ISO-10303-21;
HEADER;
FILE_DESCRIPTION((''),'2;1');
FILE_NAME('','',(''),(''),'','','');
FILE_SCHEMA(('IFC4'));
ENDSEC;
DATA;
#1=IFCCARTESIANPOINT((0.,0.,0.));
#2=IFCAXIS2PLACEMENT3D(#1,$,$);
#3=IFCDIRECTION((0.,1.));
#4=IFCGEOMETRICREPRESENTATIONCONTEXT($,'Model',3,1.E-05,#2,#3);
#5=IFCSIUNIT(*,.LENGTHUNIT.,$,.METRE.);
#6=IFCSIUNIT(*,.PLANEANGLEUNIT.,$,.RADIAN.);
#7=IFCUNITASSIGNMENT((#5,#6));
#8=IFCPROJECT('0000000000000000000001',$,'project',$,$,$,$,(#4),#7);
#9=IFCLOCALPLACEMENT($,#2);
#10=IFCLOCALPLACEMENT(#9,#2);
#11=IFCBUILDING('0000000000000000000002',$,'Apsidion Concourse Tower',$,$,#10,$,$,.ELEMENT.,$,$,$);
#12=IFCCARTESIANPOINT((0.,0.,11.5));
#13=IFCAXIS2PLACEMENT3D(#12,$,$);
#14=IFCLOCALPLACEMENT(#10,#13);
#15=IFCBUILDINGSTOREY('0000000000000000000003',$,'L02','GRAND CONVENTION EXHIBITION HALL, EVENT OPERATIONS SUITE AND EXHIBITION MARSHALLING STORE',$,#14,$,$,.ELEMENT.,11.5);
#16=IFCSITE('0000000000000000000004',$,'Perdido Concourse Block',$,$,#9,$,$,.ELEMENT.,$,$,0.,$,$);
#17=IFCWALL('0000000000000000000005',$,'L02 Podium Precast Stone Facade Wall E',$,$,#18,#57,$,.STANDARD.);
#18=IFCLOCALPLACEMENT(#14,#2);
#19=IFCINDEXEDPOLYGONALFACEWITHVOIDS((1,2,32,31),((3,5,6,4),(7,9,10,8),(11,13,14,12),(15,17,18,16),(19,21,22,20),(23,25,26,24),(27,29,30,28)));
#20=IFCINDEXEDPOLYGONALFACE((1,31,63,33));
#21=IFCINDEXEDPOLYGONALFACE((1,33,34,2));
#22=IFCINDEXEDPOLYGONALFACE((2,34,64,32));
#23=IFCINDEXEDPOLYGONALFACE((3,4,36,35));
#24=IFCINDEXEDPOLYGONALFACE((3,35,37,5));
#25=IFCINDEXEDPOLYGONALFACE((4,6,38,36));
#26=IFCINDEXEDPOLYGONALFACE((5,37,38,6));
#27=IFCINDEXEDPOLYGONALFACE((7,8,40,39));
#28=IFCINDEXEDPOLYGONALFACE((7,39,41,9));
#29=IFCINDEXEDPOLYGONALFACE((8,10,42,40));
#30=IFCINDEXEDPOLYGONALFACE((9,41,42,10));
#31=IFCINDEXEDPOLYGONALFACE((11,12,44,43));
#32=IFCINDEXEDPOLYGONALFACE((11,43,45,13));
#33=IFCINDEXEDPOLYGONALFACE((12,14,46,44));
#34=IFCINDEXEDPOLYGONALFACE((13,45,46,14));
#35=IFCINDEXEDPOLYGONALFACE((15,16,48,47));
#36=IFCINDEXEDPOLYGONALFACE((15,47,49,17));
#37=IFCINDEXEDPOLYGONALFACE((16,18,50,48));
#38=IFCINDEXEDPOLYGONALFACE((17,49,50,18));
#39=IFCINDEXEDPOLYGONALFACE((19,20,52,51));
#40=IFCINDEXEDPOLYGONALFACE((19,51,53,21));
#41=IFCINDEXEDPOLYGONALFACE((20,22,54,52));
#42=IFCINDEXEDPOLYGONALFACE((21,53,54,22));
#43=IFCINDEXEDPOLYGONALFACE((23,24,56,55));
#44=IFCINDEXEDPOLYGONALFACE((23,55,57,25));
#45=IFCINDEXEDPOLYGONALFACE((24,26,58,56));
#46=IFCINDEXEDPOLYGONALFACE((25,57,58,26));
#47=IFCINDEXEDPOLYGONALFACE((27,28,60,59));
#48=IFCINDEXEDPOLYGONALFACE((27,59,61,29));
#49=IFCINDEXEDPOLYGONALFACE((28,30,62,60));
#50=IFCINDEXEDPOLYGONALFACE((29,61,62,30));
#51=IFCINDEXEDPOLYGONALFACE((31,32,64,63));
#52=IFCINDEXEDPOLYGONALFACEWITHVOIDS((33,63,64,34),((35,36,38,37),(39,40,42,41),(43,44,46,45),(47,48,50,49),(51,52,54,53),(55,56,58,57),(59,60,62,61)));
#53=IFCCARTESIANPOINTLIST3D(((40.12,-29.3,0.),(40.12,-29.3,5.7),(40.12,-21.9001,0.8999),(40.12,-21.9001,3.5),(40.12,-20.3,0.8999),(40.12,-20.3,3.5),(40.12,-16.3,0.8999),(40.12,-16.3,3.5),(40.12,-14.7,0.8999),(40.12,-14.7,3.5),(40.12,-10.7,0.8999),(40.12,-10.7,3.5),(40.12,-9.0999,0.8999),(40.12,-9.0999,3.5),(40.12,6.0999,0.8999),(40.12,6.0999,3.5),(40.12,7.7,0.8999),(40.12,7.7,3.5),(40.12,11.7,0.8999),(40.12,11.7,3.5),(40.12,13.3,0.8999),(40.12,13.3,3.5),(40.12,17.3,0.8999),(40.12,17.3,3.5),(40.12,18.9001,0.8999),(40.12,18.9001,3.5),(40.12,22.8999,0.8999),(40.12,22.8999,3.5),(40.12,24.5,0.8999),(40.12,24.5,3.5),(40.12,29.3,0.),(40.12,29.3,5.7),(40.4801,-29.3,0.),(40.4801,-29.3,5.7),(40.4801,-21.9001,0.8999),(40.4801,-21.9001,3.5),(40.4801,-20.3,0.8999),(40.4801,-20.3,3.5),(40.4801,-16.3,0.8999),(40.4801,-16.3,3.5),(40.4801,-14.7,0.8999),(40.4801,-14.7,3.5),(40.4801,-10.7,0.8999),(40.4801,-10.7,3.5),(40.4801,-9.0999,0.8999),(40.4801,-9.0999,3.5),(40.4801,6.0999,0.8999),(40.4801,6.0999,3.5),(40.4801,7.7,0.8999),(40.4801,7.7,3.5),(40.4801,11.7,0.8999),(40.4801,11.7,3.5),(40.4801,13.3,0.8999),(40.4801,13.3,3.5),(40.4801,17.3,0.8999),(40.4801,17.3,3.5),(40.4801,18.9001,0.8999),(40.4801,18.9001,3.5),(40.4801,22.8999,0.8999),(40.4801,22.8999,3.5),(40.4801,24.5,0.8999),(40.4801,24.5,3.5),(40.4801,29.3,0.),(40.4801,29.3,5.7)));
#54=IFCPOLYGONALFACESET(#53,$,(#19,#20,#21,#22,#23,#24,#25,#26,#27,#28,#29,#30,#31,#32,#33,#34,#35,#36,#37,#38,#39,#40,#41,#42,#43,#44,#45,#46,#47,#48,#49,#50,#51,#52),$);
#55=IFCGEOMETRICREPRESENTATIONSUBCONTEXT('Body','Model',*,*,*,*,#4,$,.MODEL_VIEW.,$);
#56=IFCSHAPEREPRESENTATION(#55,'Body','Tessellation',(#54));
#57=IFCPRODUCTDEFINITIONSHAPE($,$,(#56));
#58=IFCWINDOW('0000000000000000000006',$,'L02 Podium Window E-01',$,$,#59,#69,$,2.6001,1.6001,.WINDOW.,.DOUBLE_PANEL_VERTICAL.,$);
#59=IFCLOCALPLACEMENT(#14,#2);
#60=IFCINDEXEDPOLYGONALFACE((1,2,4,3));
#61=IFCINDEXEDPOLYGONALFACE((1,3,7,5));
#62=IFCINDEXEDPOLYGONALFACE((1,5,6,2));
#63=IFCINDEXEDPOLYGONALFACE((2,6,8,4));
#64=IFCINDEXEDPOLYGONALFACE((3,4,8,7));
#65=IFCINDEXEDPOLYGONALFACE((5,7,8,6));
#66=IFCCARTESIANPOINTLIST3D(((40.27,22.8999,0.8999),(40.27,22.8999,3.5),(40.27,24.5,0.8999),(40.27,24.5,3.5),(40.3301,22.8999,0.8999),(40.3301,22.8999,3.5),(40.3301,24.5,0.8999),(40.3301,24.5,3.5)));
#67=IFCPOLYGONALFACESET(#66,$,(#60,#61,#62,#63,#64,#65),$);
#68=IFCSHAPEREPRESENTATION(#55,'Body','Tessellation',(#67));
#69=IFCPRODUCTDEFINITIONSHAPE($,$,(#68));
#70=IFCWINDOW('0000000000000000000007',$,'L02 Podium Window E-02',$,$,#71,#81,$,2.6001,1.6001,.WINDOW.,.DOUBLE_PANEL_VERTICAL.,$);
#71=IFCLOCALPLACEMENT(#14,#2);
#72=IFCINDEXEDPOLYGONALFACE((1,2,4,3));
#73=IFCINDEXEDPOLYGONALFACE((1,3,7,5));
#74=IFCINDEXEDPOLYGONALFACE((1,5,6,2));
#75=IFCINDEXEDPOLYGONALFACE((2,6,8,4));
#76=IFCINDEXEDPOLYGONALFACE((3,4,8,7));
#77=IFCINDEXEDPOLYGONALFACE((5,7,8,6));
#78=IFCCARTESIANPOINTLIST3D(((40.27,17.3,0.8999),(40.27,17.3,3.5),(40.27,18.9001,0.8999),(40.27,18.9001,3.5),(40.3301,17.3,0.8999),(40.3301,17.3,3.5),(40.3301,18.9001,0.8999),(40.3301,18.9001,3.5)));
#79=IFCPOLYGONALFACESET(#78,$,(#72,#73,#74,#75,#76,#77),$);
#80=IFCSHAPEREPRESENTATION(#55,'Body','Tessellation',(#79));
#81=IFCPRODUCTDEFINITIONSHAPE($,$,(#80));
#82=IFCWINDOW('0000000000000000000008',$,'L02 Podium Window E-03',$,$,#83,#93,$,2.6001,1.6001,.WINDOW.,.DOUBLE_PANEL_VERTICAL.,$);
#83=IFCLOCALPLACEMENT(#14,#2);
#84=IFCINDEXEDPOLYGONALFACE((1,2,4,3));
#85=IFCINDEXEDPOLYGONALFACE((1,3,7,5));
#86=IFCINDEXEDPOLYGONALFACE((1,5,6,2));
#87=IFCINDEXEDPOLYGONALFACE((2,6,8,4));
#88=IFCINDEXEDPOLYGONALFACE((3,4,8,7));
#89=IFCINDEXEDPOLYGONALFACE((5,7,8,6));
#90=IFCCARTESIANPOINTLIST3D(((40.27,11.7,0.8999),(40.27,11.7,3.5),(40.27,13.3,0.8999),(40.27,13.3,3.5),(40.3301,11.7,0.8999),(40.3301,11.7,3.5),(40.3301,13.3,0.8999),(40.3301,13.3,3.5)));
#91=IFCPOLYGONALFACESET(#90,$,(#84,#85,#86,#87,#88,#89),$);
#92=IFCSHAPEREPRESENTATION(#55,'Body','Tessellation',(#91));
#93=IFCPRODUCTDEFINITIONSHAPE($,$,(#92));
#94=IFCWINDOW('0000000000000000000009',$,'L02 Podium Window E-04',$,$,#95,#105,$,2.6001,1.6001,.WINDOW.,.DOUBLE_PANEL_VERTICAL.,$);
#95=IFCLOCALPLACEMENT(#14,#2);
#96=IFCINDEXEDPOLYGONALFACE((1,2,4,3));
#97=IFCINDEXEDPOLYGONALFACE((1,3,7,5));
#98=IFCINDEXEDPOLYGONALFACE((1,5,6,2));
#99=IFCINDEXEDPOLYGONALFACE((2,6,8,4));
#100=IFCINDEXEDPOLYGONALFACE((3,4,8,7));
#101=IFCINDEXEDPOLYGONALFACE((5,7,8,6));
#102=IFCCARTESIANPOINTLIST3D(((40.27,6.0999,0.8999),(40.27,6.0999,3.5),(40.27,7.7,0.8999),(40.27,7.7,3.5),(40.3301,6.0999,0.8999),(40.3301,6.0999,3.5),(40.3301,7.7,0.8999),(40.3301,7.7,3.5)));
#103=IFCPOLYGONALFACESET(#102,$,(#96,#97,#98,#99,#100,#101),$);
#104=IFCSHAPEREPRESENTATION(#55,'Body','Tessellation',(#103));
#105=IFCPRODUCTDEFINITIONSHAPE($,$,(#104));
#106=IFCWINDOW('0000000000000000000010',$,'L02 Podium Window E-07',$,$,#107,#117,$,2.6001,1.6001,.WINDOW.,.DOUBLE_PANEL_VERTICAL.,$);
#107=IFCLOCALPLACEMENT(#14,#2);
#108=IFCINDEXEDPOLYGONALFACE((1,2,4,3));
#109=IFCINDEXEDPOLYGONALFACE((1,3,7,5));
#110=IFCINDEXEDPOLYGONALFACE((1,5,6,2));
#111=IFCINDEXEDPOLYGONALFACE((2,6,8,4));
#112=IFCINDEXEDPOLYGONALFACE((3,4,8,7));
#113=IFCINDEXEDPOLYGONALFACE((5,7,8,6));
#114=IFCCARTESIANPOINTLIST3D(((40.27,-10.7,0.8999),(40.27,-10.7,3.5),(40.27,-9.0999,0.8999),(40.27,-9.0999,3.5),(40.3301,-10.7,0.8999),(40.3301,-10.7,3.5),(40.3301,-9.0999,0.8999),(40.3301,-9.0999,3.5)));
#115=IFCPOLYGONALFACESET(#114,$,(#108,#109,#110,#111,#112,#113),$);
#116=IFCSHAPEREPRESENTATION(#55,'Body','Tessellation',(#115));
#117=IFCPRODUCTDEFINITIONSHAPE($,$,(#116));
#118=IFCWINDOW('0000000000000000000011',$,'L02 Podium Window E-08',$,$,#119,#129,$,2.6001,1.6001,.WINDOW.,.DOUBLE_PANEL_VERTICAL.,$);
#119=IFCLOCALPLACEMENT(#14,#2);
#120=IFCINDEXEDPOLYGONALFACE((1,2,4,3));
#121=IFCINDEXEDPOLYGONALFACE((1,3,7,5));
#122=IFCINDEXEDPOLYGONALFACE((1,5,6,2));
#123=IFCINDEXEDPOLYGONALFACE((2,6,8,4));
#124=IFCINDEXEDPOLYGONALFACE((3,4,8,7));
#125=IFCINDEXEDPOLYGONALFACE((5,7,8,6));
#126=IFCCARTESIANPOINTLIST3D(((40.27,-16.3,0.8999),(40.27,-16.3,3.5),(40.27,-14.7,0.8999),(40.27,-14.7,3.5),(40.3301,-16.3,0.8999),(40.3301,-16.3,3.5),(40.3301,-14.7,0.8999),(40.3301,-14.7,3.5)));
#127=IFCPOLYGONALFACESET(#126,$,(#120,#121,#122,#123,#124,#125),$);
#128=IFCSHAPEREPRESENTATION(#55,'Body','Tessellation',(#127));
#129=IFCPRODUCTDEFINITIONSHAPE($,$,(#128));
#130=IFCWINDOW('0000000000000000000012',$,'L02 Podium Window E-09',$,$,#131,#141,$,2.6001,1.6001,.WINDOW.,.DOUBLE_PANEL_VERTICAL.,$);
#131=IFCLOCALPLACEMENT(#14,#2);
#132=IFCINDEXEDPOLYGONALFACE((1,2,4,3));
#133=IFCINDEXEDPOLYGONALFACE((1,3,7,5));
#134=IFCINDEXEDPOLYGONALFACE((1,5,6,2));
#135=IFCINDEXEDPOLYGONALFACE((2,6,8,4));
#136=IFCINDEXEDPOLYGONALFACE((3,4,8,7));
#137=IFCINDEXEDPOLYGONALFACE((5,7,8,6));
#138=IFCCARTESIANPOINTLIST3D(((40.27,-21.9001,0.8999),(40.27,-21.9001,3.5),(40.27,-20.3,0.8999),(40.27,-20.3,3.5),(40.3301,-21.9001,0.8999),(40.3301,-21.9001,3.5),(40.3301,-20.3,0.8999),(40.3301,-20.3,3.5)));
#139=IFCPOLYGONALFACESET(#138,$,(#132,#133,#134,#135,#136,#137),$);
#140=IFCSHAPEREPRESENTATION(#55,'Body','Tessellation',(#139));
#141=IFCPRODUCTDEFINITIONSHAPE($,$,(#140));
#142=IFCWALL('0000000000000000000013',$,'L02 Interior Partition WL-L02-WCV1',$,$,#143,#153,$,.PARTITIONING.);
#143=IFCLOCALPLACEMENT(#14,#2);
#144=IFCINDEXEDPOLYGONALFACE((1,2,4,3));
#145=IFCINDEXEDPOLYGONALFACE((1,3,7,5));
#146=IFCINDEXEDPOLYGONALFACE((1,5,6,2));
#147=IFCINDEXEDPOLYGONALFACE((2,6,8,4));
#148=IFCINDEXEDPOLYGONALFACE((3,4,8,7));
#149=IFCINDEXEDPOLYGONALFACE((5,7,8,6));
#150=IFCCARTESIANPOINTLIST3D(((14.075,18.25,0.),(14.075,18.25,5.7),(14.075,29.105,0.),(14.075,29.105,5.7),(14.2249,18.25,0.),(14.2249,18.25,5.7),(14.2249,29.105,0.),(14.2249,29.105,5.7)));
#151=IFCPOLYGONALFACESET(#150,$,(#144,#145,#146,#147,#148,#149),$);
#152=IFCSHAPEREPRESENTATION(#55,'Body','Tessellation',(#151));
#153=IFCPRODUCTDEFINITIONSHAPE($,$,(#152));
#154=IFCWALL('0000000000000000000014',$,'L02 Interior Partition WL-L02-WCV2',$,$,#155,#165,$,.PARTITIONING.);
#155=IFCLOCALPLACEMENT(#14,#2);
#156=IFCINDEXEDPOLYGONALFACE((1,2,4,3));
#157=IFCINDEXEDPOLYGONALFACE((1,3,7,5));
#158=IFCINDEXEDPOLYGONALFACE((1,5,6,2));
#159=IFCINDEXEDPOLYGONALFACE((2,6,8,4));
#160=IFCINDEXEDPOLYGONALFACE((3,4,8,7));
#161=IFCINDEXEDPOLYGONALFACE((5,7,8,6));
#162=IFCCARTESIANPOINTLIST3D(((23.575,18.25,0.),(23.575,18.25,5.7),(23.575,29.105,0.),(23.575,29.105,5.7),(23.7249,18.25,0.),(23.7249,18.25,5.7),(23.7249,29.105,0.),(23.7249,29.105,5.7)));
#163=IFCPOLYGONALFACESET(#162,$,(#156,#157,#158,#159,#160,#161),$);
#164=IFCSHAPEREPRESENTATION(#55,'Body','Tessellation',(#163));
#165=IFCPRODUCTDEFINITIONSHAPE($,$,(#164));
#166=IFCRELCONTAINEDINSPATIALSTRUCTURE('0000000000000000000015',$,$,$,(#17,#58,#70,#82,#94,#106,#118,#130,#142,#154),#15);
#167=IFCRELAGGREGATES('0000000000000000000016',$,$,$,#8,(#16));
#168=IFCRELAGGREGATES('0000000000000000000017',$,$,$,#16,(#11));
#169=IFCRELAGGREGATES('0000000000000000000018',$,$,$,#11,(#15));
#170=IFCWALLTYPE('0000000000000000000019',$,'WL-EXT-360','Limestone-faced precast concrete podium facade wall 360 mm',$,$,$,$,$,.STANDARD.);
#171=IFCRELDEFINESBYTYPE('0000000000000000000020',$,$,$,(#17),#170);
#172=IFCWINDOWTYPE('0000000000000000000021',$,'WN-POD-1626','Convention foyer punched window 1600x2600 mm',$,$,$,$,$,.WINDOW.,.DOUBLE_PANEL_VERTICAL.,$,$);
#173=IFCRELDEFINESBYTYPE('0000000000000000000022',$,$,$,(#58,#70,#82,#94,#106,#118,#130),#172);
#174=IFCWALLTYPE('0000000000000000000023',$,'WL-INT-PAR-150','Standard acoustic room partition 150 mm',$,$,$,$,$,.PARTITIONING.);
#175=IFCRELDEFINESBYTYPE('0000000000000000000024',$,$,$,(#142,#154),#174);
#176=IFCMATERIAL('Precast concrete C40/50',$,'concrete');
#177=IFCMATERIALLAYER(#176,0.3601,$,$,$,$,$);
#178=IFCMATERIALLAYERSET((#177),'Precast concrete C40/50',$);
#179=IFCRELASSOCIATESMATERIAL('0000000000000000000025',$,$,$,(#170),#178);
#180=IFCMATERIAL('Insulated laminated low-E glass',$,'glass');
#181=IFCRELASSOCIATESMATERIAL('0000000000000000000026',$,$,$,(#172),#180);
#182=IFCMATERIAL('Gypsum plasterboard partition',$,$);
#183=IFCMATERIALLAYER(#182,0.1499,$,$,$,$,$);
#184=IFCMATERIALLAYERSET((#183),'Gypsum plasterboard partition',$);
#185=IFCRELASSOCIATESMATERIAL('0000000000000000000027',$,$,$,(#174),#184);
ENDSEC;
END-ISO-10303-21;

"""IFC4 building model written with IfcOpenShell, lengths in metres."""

from ifc_helpers import new_model, si_unit, direction, frame, frame_2d, origin, place, context, subcontext, project, spatial, rectangle, extrude, material, layer, layer_set, type_object, element, fill, save


model = new_model("IFC4")

# Units and contexts
model_context = context("Model", 3, precision=1e-05, world=origin(), true_north=direction((0.0, 1.0)))
body_context = subcontext(model_context, "Body", "Model", "MODEL_VIEW")
ifc_project = project(units=[si_unit("LENGTHUNIT", "METRE"), si_unit("PLANEANGLEUNIT", "RADIAN")], contexts=[model_context])

# Site, building, storey
site_placement = place(None, origin())
site = spatial("IfcSite", under=ifc_project, at=site_placement, Name="Perdido Concourse Block", CompositionType="ELEMENT", RefElevation=0.0)
building_placement = place(site_placement, origin())
building = spatial("IfcBuilding", under=site, at=building_placement, Name="Apsidion Concourse Tower", CompositionType="ELEMENT")
storey_placement = place(building_placement, frame((0.0, 0.0, 11.5)))
storey = spatial("IfcBuildingStorey", under=building, at=storey_placement, Name="L02", Description="GRAND CONVENTION EXHIBITION HALL, EVENT OPERATIONS SUITE AND EXHIBITION MARSHALLING STORE", CompositionType="ELEMENT", Elevation=11.5)

# Wall, openings, windows
ifc_material_1 = material(Name="Precast concrete C40/50", Category="concrete")
ifc_layer_1 = layer(ifc_material_1, 0.3601)
ifc_layer_set_1 = layer_set([ifc_layer_1], Name="Precast concrete C40/50")
wall_type_1 = type_object("IfcWallType", Name="WL-EXT-360", Description="Limestone-faced precast concrete podium facade wall 360 mm", PredefinedType="STANDARD", material=ifc_layer_set_1)
wall_1_placement = place(storey_placement, frame((40.3, 29.3, 0.0), z_axis=(0.0, 0.0, 1.0), x_axis=(0.0, -1.0, 0.0)))
wall_1 = element("IfcWall", 1, at=wall_1_placement, inside=storey, type_object=wall_type_1, Name="L02 Podium Precast Stone Facade Wall E", PredefinedType="STANDARD", context=body_context, shape_type="SweptSolid", body=[
    extrude(rectangle(XDim=58.6001, YDim=0.3601, at=frame_2d((29.3, 0.0))), origin(), (0.0, 0.0, 1.0), 5.7),
])
opening_1_placement = place(wall_1_placement, frame((4.8, 0.0, 0.8999)))
opening_1 = element("IfcOpeningElement", 2, at=opening_1_placement, cuts=wall_1, PredefinedType="OPENING", context=body_context, shape_type="SweptSolid", body=[
    extrude(rectangle(XDim=1.6001, YDim=2.6001, at=frame_2d((0.8, 1.3))), frame((0.0, 0.1899, 0.0), z_axis=(0.0, -1.0, 0.0), x_axis=(1.0, 0.0, 0.0)), (0.0, 0.0, 1.0), 0.3801),
])
opening_2_placement = place(wall_1_placement, frame((10.3999, 0.0, 0.8999)))
opening_2 = element("IfcOpeningElement", 3, at=opening_2_placement, cuts=wall_1, PredefinedType="OPENING", context=body_context, shape_type="SweptSolid", body=[
    extrude(rectangle(XDim=1.6001, YDim=2.6001, at=frame_2d((0.8, 1.3))), frame((0.0, 0.1899, 0.0), z_axis=(0.0, -1.0, 0.0), x_axis=(1.0, 0.0, 0.0)), (0.0, 0.0, 1.0), 0.3801),
])
opening_3_placement = place(wall_1_placement, frame((16.0, 0.0, 0.8999)))
opening_3 = element("IfcOpeningElement", 4, at=opening_3_placement, cuts=wall_1, PredefinedType="OPENING", context=body_context, shape_type="SweptSolid", body=[
    extrude(rectangle(XDim=1.6001, YDim=2.6001, at=frame_2d((0.8, 1.3))), frame((0.0, 0.1899, 0.0), z_axis=(0.0, -1.0, 0.0), x_axis=(1.0, 0.0, 0.0)), (0.0, 0.0, 1.0), 0.3801),
])
opening_4_placement = place(wall_1_placement, frame((21.6001, 0.0, 0.8999)))
opening_4 = element("IfcOpeningElement", 5, at=opening_4_placement, cuts=wall_1, PredefinedType="OPENING", context=body_context, shape_type="SweptSolid", body=[
    extrude(rectangle(XDim=1.6001, YDim=2.6001, at=frame_2d((0.8, 1.3))), frame((0.0, 0.1899, 0.0), z_axis=(0.0, -1.0, 0.0), x_axis=(1.0, 0.0, 0.0)), (0.0, 0.0, 1.0), 0.3801),
])
opening_5_placement = place(wall_1_placement, frame((38.3999, 0.0, 0.8999)))
opening_5 = element("IfcOpeningElement", 6, at=opening_5_placement, cuts=wall_1, PredefinedType="OPENING", context=body_context, shape_type="SweptSolid", body=[
    extrude(rectangle(XDim=1.6001, YDim=2.6001, at=frame_2d((0.8, 1.3))), frame((0.0, 0.1899, 0.0), z_axis=(0.0, -1.0, 0.0), x_axis=(1.0, 0.0, 0.0)), (0.0, 0.0, 1.0), 0.3801),
])
opening_6_placement = place(wall_1_placement, frame((44.0, 0.0, 0.8999)))
opening_6 = element("IfcOpeningElement", 7, at=opening_6_placement, cuts=wall_1, PredefinedType="OPENING", context=body_context, shape_type="SweptSolid", body=[
    extrude(rectangle(XDim=1.6001, YDim=2.6001, at=frame_2d((0.8, 1.3))), frame((0.0, 0.1899, 0.0), z_axis=(0.0, -1.0, 0.0), x_axis=(1.0, 0.0, 0.0)), (0.0, 0.0, 1.0), 0.3801),
])
opening_7_placement = place(wall_1_placement, frame((49.6001, 0.0, 0.8999)))
opening_7 = element("IfcOpeningElement", 8, at=opening_7_placement, cuts=wall_1, PredefinedType="OPENING", context=body_context, shape_type="SweptSolid", body=[
    extrude(rectangle(XDim=1.6001, YDim=2.6001, at=frame_2d((0.8, 1.3))), frame((0.0, 0.1899, 0.0), z_axis=(0.0, -1.0, 0.0), x_axis=(1.0, 0.0, 0.0)), (0.0, 0.0, 1.0), 0.3801),
])
ifc_material_2 = material(Name="Insulated laminated low-E glass", Category="glass")
window_type = type_object("IfcWindowType", Name="WN-POD-1626", Description="Convention foyer punched window 1600x2600 mm", PartitioningType="DOUBLE_PANEL_VERTICAL", PredefinedType="WINDOW", material=ifc_material_2)
window_1_placement = place(opening_1_placement, origin())
window_1 = element("IfcWindow", 9, at=window_1_placement, inside=storey, type_object=window_type, Name="L02 Podium Window E-01", OverallHeight=2.6001, OverallWidth=1.6001, PartitioningType="DOUBLE_PANEL_VERTICAL", PredefinedType="WINDOW", context=body_context, shape_type="SweptSolid", body=[
    extrude(rectangle(XDim=1.6001, YDim=2.6001, at=frame_2d((0.8, 1.3))), frame((0.0, 0.03, 0.0), z_axis=(0.0, -1.0, 0.0), x_axis=(1.0, 0.0, 0.0)), (0.0, 0.0, 1.0), 0.0601),
])
fill(opening_1, window_1)
window_2_placement = place(opening_2_placement, origin())
window_2 = element("IfcWindow", 10, at=window_2_placement, inside=storey, type_object=window_type, Name="L02 Podium Window E-02", OverallHeight=2.6001, OverallWidth=1.6001, PartitioningType="DOUBLE_PANEL_VERTICAL", PredefinedType="WINDOW", context=body_context, shape_type="SweptSolid", body=[
    extrude(rectangle(XDim=1.6001, YDim=2.6001, at=frame_2d((0.8, 1.3))), frame((0.0, 0.03, 0.0), z_axis=(0.0, -1.0, 0.0), x_axis=(1.0, 0.0, 0.0)), (0.0, 0.0, 1.0), 0.0601),
])
fill(opening_2, window_2)
window_3_placement = place(opening_3_placement, origin())
window_3 = element("IfcWindow", 11, at=window_3_placement, inside=storey, type_object=window_type, Name="L02 Podium Window E-03", OverallHeight=2.6001, OverallWidth=1.6001, PartitioningType="DOUBLE_PANEL_VERTICAL", PredefinedType="WINDOW", context=body_context, shape_type="SweptSolid", body=[
    extrude(rectangle(XDim=1.6001, YDim=2.6001, at=frame_2d((0.8, 1.3))), frame((0.0, 0.03, 0.0), z_axis=(0.0, -1.0, 0.0), x_axis=(1.0, 0.0, 0.0)), (0.0, 0.0, 1.0), 0.0601),
])
fill(opening_3, window_3)
window_4_placement = place(opening_4_placement, origin())
window_4 = element("IfcWindow", 12, at=window_4_placement, inside=storey, type_object=window_type, Name="L02 Podium Window E-04", OverallHeight=2.6001, OverallWidth=1.6001, PartitioningType="DOUBLE_PANEL_VERTICAL", PredefinedType="WINDOW", context=body_context, shape_type="SweptSolid", body=[
    extrude(rectangle(XDim=1.6001, YDim=2.6001, at=frame_2d((0.8, 1.3))), frame((0.0, 0.03, 0.0), z_axis=(0.0, -1.0, 0.0), x_axis=(1.0, 0.0, 0.0)), (0.0, 0.0, 1.0), 0.0601),
])
fill(opening_4, window_4)
window_5_placement = place(opening_5_placement, origin())
window_5 = element("IfcWindow", 13, at=window_5_placement, inside=storey, type_object=window_type, Name="L02 Podium Window E-07", OverallHeight=2.6001, OverallWidth=1.6001, PartitioningType="DOUBLE_PANEL_VERTICAL", PredefinedType="WINDOW", context=body_context, shape_type="SweptSolid", body=[
    extrude(rectangle(XDim=1.6001, YDim=2.6001, at=frame_2d((0.8, 1.3))), frame((0.0, 0.03, 0.0), z_axis=(0.0, -1.0, 0.0), x_axis=(1.0, 0.0, 0.0)), (0.0, 0.0, 1.0), 0.0601),
])
fill(opening_5, window_5)
window_6_placement = place(opening_6_placement, origin())
window_6 = element("IfcWindow", 14, at=window_6_placement, inside=storey, type_object=window_type, Name="L02 Podium Window E-08", OverallHeight=2.6001, OverallWidth=1.6001, PartitioningType="DOUBLE_PANEL_VERTICAL", PredefinedType="WINDOW", context=body_context, shape_type="SweptSolid", body=[
    extrude(rectangle(XDim=1.6001, YDim=2.6001, at=frame_2d((0.8, 1.3))), frame((0.0, 0.03, 0.0), z_axis=(0.0, -1.0, 0.0), x_axis=(1.0, 0.0, 0.0)), (0.0, 0.0, 1.0), 0.0601),
])
fill(opening_6, window_6)
window_7_placement = place(opening_7_placement, origin())
window_7 = element("IfcWindow", 15, at=window_7_placement, inside=storey, type_object=window_type, Name="L02 Podium Window E-09", OverallHeight=2.6001, OverallWidth=1.6001, PartitioningType="DOUBLE_PANEL_VERTICAL", PredefinedType="WINDOW", context=body_context, shape_type="SweptSolid", body=[
    extrude(rectangle(XDim=1.6001, YDim=2.6001, at=frame_2d((0.8, 1.3))), frame((0.0, 0.03, 0.0), z_axis=(0.0, -1.0, 0.0), x_axis=(1.0, 0.0, 0.0)), (0.0, 0.0, 1.0), 0.0601),
])
fill(opening_7, window_7)

# Walls
ifc_material_3 = material(Name="Gypsum plasterboard partition")
ifc_layer_2 = layer(ifc_material_3, 0.1499)
ifc_layer_set_2 = layer_set([ifc_layer_2], Name="Gypsum plasterboard partition")
wall_type_2 = type_object("IfcWallType", Name="WL-INT-PAR-150", Description="Standard acoustic room partition 150 mm", PredefinedType="PARTITIONING", material=ifc_layer_set_2)
for number, where, z_axis, x_axis, name in (
    (16, (14.1499, 18.25, 0.0), (0.0, 0.0, 1.0), (0.0, 1.0, 0.0), "L02 Interior Partition WL-L02-WCV1"),
    (17, (23.6499, 18.25, 0.0), (0.0, 0.0, 1.0), (0.0, 1.0, 0.0), "L02 Interior Partition WL-L02-WCV2"),
):
    element("IfcWall", number, at=place(storey_placement, frame(where, z_axis=z_axis, x_axis=x_axis)), inside=storey, type_object=wall_type_2, Name=name, PredefinedType="PARTITIONING", context=body_context, shape_type="SweptSolid", body=[
        extrude(rectangle(XDim=10.855, YDim=0.1499, at=frame_2d((5.4275, 0.0))), origin(), (0.0, 0.0, 1.0), 5.7),
    ])

save(model, "model.ifc")
